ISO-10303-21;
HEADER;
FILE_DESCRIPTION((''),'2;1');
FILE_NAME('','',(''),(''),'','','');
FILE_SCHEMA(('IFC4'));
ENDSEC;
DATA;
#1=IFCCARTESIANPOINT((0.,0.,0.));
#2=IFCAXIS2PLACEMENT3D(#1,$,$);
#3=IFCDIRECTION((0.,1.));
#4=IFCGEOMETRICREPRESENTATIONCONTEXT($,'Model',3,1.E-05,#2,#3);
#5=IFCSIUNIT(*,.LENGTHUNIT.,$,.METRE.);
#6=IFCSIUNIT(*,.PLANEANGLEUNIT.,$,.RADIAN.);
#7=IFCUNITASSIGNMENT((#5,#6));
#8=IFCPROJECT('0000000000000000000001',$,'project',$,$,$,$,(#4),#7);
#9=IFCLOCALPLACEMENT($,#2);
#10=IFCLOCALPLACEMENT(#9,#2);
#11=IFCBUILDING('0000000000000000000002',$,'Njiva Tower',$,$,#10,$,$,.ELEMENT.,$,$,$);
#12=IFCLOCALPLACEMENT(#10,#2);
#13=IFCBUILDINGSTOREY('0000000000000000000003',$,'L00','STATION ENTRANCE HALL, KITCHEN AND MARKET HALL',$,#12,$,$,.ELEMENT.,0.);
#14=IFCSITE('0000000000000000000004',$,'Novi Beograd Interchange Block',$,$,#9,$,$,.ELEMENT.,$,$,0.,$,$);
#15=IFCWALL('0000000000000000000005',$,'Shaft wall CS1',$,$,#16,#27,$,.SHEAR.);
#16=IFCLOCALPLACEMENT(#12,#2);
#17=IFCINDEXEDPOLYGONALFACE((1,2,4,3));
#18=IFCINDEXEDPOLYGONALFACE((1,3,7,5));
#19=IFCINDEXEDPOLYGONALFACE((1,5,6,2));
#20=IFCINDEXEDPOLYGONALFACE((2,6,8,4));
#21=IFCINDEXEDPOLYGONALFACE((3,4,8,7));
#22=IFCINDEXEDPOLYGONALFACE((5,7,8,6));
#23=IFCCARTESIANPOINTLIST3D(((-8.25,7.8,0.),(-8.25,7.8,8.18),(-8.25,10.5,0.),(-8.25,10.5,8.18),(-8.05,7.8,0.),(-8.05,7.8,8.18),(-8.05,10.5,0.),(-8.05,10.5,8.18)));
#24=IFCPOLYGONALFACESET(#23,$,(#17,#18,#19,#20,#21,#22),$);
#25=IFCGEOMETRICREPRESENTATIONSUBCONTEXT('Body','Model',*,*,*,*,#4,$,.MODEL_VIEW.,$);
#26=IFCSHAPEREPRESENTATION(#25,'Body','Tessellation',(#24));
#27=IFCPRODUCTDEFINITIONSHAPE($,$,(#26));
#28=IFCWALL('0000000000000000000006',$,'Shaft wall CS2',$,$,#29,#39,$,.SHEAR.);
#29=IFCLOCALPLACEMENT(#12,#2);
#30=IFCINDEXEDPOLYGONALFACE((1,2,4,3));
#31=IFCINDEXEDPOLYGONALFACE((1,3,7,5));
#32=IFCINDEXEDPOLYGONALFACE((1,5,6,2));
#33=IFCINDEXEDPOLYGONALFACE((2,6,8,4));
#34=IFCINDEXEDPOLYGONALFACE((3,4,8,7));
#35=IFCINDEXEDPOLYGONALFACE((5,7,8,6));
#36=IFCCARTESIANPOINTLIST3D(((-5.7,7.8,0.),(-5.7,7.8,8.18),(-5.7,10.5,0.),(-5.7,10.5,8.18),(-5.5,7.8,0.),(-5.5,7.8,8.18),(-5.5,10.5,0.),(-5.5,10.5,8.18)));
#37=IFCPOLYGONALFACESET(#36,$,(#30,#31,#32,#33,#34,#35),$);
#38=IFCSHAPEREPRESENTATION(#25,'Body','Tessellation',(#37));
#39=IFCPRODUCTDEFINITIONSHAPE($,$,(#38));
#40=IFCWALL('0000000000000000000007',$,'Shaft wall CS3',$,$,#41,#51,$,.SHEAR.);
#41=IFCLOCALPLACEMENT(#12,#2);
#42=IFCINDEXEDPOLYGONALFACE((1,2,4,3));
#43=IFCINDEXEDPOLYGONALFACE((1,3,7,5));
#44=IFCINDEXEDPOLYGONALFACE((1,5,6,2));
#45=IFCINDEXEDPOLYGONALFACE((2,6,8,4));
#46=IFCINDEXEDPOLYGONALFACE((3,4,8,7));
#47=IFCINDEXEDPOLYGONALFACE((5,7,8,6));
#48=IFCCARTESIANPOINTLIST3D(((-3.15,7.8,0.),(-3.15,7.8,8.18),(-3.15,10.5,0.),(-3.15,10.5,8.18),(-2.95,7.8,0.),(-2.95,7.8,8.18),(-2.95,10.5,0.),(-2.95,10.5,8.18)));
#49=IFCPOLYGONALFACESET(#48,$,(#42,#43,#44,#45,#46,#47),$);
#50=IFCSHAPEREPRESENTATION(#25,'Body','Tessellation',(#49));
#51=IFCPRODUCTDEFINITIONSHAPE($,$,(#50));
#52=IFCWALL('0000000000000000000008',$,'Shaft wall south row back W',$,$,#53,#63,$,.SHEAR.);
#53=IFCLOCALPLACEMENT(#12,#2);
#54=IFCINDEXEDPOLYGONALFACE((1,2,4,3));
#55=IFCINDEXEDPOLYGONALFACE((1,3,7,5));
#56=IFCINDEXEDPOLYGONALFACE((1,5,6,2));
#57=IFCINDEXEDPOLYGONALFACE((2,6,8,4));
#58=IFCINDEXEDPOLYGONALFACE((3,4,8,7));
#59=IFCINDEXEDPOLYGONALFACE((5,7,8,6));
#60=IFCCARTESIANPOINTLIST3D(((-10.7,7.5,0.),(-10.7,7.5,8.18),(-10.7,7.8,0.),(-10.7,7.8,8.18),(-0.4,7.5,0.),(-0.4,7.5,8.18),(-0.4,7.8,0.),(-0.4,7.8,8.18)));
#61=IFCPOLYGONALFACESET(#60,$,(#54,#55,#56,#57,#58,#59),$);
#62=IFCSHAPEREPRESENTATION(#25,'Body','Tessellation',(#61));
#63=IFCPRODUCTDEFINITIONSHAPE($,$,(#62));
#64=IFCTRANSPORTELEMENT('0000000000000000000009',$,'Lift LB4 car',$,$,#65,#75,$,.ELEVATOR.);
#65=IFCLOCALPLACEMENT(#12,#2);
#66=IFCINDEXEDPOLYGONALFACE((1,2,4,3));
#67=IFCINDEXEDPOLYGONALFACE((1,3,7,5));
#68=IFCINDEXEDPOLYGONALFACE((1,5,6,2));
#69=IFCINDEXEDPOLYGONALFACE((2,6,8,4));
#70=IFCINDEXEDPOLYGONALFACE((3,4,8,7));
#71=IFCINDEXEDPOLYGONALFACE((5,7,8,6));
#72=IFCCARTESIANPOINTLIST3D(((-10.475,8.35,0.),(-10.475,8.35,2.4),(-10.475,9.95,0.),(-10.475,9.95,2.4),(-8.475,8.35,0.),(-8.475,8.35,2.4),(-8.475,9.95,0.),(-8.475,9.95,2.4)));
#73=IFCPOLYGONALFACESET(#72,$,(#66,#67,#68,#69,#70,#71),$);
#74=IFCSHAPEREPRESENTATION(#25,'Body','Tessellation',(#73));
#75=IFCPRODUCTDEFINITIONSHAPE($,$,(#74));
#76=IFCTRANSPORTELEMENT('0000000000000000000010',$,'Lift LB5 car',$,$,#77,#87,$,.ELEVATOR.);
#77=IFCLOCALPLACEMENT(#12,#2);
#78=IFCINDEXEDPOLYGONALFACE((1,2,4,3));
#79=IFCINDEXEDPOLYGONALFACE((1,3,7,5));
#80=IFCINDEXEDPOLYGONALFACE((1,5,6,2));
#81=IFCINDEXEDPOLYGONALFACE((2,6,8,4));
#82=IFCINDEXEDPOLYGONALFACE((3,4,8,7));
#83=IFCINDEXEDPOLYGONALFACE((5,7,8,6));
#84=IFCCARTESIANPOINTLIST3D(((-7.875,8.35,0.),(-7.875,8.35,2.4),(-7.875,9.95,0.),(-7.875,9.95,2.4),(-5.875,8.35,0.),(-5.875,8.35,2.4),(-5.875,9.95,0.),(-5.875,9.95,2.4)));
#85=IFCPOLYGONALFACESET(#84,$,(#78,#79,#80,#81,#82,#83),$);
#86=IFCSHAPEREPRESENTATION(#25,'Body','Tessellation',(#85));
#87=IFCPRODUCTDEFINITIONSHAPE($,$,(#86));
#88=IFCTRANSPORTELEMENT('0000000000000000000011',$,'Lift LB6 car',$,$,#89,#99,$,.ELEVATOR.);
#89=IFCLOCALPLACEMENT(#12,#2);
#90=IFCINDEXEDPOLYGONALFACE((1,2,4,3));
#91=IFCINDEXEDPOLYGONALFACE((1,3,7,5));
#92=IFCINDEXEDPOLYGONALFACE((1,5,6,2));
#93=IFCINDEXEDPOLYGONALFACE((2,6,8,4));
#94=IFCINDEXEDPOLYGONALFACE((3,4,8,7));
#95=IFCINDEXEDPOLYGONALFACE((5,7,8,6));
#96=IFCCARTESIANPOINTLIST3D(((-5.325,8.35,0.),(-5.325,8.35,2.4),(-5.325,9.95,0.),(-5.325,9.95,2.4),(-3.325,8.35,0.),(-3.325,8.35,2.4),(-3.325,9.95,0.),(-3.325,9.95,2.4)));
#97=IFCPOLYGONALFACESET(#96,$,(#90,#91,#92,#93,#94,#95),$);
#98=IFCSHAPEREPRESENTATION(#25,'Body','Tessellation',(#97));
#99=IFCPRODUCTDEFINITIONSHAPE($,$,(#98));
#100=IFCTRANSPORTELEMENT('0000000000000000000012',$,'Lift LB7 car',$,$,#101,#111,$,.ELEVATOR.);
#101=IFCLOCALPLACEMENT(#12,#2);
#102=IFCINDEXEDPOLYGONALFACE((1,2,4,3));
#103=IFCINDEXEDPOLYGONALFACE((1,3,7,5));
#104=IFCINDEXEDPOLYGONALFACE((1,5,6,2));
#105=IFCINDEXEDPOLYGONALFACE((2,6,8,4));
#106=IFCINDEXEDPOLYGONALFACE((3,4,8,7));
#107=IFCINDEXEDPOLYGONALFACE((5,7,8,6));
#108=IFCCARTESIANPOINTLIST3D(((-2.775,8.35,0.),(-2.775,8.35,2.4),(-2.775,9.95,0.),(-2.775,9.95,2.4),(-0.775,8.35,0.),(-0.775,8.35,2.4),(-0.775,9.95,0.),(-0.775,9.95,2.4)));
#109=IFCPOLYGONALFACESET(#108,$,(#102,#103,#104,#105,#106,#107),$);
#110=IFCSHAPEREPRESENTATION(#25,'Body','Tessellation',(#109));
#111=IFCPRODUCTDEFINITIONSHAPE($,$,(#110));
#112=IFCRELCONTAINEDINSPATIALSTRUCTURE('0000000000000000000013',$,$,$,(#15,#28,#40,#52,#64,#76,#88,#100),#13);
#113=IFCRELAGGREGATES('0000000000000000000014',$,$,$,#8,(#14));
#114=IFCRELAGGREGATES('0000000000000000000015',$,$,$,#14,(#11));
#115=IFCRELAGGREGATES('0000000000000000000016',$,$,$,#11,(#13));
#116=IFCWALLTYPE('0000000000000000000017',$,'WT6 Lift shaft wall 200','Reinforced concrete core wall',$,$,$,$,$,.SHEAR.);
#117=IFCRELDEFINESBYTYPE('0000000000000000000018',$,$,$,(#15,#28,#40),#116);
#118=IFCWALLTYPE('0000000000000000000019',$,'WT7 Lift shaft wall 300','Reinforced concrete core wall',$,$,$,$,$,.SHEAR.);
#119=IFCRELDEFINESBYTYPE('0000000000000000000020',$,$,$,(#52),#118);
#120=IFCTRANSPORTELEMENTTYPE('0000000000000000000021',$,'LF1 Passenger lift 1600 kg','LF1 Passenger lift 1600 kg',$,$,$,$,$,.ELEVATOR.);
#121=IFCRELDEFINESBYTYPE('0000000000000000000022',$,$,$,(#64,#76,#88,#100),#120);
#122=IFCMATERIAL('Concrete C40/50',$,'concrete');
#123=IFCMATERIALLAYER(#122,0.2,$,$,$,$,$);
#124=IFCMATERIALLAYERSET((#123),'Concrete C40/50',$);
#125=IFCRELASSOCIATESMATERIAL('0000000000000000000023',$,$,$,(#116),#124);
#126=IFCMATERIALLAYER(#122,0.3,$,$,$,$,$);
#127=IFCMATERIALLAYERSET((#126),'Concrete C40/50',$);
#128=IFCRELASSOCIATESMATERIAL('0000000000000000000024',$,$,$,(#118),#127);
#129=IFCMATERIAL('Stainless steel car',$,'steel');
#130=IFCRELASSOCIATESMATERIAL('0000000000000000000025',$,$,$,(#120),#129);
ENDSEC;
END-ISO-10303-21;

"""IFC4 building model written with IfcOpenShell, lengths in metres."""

from ifc_helpers import new_model, si_unit, direction, frame, frame_2d, origin, origin_2d, place, context, subcontext, project, spatial, rectangle, extrude, material, layer, layer_set, type_object, element, save


model = new_model("IFC4")

# Units and contexts
model_context = context("Model", 3, precision=1e-05, world=origin(), true_north=direction((0.0, 1.0)))
body_context = subcontext(model_context, "Body", "Model", "MODEL_VIEW")
ifc_project = project(units=[si_unit("LENGTHUNIT", "METRE"), si_unit("PLANEANGLEUNIT", "RADIAN")], contexts=[model_context])

# Site, building, storey
site_placement = place(None, origin())
site = spatial("IfcSite", under=ifc_project, at=site_placement, Name="Novi Beograd Interchange Block", CompositionType="ELEMENT", RefElevation=0.0)
building_placement = place(site_placement, origin())
building = spatial("IfcBuilding", under=site, at=building_placement, Name="Njiva Tower", CompositionType="ELEMENT")
storey_placement = place(building_placement, origin())
storey = spatial("IfcBuildingStorey", under=building, at=storey_placement, Name="L00", Description="STATION ENTRANCE HALL, KITCHEN AND MARKET HALL", CompositionType="ELEMENT", Elevation=0.0)

# Shared definitions
ifc_material_1 = material(Name="Concrete C40/50", Category="concrete")

# Walls
ifc_layer_1 = layer(ifc_material_1, 0.2)
ifc_layer_set_1 = layer_set([ifc_layer_1], Name="Concrete C40/50")
wall_type_1 = type_object("IfcWallType", Name="WT6 Lift shaft wall 200", Description="Reinforced concrete core wall", PredefinedType="SHEAR", material=ifc_layer_set_1)
for number, where, z_axis, x_axis, name in (
    (1, (-8.15, 7.8, 0.0), (0.0, 0.0, 1.0), (0.0, 1.0, 0.0), "Shaft wall CS1"),
    (2, (-5.6, 7.8, 0.0), (0.0, 0.0, 1.0), (0.0, 1.0, 0.0), "Shaft wall CS2"),
    (3, (-3.05, 7.8, 0.0), (0.0, 0.0, 1.0), (0.0, 1.0, 0.0), "Shaft wall CS3"),
):
    element("IfcWall", number, at=place(storey_placement, frame(where, z_axis=z_axis, x_axis=x_axis)), inside=storey, type_object=wall_type_1, Name=name, PredefinedType="SHEAR", context=body_context, shape_type="SweptSolid", body=[
        extrude(rectangle(XDim=2.7, YDim=0.2, at=frame_2d((1.35, 0.0))), origin(), (0.0, 0.0, 1.0), 8.18),
    ])
ifc_layer_2 = layer(ifc_material_1, 0.3)
ifc_layer_set_2 = layer_set([ifc_layer_2], Name="Concrete C40/50")
wall_type_2 = type_object("IfcWallType", Name="WT7 Lift shaft wall 300", Description="Reinforced concrete core wall", PredefinedType="SHEAR", material=ifc_layer_set_2)
wall_1_placement = place(storey_placement, frame((-10.7, 7.65, 0.0), z_axis=(0.0, 0.0, 1.0), x_axis=(1.0, 0.0, 0.0)))
element("IfcWall", 4, at=wall_1_placement, inside=storey, type_object=wall_type_2, Name="Shaft wall south row back W", PredefinedType="SHEAR", context=body_context, shape_type="SweptSolid", body=[
    extrude(rectangle(XDim=10.3, YDim=0.3, at=frame_2d((5.15, 0.0))), origin(), (0.0, 0.0, 1.0), 8.18),
])

# Transport elements
ifc_material_2 = material(Name="Stainless steel car", Category="steel")
transport_element_type = type_object("IfcTransportElementType", Name="LF1 Passenger lift 1600 kg", Description="LF1 Passenger lift 1600 kg", PredefinedType="ELEVATOR", material=ifc_material_2)
for number, where, z_axis, x_axis, name in (
    (5, (-9.475, 9.15, 0.0), (0.0, 0.0, 1.0), (1.0, 0.0, 0.0), "Lift LB4 car"),
    (6, (-6.875, 9.15, 0.0), (0.0, 0.0, 1.0), (1.0, 0.0, 0.0), "Lift LB5 car"),
    (7, (-4.325, 9.15, 0.0), (0.0, 0.0, 1.0), (1.0, 0.0, 0.0), "Lift LB6 car"),
    (8, (-1.775, 9.15, 0.0), (0.0, 0.0, 1.0), (1.0, 0.0, 0.0), "Lift LB7 car"),
):
    element("IfcTransportElement", number, at=place(storey_placement, frame(where, z_axis=z_axis, x_axis=x_axis)), inside=storey, type_object=transport_element_type, Name=name, PredefinedType="ELEVATOR", context=body_context, shape_type="SweptSolid", body=[
        extrude(rectangle(XDim=2.0, YDim=1.6, at=origin_2d()), origin(), (0.0, 0.0, 1.0), 2.4),
    ])

save(model, "model.ifc")
